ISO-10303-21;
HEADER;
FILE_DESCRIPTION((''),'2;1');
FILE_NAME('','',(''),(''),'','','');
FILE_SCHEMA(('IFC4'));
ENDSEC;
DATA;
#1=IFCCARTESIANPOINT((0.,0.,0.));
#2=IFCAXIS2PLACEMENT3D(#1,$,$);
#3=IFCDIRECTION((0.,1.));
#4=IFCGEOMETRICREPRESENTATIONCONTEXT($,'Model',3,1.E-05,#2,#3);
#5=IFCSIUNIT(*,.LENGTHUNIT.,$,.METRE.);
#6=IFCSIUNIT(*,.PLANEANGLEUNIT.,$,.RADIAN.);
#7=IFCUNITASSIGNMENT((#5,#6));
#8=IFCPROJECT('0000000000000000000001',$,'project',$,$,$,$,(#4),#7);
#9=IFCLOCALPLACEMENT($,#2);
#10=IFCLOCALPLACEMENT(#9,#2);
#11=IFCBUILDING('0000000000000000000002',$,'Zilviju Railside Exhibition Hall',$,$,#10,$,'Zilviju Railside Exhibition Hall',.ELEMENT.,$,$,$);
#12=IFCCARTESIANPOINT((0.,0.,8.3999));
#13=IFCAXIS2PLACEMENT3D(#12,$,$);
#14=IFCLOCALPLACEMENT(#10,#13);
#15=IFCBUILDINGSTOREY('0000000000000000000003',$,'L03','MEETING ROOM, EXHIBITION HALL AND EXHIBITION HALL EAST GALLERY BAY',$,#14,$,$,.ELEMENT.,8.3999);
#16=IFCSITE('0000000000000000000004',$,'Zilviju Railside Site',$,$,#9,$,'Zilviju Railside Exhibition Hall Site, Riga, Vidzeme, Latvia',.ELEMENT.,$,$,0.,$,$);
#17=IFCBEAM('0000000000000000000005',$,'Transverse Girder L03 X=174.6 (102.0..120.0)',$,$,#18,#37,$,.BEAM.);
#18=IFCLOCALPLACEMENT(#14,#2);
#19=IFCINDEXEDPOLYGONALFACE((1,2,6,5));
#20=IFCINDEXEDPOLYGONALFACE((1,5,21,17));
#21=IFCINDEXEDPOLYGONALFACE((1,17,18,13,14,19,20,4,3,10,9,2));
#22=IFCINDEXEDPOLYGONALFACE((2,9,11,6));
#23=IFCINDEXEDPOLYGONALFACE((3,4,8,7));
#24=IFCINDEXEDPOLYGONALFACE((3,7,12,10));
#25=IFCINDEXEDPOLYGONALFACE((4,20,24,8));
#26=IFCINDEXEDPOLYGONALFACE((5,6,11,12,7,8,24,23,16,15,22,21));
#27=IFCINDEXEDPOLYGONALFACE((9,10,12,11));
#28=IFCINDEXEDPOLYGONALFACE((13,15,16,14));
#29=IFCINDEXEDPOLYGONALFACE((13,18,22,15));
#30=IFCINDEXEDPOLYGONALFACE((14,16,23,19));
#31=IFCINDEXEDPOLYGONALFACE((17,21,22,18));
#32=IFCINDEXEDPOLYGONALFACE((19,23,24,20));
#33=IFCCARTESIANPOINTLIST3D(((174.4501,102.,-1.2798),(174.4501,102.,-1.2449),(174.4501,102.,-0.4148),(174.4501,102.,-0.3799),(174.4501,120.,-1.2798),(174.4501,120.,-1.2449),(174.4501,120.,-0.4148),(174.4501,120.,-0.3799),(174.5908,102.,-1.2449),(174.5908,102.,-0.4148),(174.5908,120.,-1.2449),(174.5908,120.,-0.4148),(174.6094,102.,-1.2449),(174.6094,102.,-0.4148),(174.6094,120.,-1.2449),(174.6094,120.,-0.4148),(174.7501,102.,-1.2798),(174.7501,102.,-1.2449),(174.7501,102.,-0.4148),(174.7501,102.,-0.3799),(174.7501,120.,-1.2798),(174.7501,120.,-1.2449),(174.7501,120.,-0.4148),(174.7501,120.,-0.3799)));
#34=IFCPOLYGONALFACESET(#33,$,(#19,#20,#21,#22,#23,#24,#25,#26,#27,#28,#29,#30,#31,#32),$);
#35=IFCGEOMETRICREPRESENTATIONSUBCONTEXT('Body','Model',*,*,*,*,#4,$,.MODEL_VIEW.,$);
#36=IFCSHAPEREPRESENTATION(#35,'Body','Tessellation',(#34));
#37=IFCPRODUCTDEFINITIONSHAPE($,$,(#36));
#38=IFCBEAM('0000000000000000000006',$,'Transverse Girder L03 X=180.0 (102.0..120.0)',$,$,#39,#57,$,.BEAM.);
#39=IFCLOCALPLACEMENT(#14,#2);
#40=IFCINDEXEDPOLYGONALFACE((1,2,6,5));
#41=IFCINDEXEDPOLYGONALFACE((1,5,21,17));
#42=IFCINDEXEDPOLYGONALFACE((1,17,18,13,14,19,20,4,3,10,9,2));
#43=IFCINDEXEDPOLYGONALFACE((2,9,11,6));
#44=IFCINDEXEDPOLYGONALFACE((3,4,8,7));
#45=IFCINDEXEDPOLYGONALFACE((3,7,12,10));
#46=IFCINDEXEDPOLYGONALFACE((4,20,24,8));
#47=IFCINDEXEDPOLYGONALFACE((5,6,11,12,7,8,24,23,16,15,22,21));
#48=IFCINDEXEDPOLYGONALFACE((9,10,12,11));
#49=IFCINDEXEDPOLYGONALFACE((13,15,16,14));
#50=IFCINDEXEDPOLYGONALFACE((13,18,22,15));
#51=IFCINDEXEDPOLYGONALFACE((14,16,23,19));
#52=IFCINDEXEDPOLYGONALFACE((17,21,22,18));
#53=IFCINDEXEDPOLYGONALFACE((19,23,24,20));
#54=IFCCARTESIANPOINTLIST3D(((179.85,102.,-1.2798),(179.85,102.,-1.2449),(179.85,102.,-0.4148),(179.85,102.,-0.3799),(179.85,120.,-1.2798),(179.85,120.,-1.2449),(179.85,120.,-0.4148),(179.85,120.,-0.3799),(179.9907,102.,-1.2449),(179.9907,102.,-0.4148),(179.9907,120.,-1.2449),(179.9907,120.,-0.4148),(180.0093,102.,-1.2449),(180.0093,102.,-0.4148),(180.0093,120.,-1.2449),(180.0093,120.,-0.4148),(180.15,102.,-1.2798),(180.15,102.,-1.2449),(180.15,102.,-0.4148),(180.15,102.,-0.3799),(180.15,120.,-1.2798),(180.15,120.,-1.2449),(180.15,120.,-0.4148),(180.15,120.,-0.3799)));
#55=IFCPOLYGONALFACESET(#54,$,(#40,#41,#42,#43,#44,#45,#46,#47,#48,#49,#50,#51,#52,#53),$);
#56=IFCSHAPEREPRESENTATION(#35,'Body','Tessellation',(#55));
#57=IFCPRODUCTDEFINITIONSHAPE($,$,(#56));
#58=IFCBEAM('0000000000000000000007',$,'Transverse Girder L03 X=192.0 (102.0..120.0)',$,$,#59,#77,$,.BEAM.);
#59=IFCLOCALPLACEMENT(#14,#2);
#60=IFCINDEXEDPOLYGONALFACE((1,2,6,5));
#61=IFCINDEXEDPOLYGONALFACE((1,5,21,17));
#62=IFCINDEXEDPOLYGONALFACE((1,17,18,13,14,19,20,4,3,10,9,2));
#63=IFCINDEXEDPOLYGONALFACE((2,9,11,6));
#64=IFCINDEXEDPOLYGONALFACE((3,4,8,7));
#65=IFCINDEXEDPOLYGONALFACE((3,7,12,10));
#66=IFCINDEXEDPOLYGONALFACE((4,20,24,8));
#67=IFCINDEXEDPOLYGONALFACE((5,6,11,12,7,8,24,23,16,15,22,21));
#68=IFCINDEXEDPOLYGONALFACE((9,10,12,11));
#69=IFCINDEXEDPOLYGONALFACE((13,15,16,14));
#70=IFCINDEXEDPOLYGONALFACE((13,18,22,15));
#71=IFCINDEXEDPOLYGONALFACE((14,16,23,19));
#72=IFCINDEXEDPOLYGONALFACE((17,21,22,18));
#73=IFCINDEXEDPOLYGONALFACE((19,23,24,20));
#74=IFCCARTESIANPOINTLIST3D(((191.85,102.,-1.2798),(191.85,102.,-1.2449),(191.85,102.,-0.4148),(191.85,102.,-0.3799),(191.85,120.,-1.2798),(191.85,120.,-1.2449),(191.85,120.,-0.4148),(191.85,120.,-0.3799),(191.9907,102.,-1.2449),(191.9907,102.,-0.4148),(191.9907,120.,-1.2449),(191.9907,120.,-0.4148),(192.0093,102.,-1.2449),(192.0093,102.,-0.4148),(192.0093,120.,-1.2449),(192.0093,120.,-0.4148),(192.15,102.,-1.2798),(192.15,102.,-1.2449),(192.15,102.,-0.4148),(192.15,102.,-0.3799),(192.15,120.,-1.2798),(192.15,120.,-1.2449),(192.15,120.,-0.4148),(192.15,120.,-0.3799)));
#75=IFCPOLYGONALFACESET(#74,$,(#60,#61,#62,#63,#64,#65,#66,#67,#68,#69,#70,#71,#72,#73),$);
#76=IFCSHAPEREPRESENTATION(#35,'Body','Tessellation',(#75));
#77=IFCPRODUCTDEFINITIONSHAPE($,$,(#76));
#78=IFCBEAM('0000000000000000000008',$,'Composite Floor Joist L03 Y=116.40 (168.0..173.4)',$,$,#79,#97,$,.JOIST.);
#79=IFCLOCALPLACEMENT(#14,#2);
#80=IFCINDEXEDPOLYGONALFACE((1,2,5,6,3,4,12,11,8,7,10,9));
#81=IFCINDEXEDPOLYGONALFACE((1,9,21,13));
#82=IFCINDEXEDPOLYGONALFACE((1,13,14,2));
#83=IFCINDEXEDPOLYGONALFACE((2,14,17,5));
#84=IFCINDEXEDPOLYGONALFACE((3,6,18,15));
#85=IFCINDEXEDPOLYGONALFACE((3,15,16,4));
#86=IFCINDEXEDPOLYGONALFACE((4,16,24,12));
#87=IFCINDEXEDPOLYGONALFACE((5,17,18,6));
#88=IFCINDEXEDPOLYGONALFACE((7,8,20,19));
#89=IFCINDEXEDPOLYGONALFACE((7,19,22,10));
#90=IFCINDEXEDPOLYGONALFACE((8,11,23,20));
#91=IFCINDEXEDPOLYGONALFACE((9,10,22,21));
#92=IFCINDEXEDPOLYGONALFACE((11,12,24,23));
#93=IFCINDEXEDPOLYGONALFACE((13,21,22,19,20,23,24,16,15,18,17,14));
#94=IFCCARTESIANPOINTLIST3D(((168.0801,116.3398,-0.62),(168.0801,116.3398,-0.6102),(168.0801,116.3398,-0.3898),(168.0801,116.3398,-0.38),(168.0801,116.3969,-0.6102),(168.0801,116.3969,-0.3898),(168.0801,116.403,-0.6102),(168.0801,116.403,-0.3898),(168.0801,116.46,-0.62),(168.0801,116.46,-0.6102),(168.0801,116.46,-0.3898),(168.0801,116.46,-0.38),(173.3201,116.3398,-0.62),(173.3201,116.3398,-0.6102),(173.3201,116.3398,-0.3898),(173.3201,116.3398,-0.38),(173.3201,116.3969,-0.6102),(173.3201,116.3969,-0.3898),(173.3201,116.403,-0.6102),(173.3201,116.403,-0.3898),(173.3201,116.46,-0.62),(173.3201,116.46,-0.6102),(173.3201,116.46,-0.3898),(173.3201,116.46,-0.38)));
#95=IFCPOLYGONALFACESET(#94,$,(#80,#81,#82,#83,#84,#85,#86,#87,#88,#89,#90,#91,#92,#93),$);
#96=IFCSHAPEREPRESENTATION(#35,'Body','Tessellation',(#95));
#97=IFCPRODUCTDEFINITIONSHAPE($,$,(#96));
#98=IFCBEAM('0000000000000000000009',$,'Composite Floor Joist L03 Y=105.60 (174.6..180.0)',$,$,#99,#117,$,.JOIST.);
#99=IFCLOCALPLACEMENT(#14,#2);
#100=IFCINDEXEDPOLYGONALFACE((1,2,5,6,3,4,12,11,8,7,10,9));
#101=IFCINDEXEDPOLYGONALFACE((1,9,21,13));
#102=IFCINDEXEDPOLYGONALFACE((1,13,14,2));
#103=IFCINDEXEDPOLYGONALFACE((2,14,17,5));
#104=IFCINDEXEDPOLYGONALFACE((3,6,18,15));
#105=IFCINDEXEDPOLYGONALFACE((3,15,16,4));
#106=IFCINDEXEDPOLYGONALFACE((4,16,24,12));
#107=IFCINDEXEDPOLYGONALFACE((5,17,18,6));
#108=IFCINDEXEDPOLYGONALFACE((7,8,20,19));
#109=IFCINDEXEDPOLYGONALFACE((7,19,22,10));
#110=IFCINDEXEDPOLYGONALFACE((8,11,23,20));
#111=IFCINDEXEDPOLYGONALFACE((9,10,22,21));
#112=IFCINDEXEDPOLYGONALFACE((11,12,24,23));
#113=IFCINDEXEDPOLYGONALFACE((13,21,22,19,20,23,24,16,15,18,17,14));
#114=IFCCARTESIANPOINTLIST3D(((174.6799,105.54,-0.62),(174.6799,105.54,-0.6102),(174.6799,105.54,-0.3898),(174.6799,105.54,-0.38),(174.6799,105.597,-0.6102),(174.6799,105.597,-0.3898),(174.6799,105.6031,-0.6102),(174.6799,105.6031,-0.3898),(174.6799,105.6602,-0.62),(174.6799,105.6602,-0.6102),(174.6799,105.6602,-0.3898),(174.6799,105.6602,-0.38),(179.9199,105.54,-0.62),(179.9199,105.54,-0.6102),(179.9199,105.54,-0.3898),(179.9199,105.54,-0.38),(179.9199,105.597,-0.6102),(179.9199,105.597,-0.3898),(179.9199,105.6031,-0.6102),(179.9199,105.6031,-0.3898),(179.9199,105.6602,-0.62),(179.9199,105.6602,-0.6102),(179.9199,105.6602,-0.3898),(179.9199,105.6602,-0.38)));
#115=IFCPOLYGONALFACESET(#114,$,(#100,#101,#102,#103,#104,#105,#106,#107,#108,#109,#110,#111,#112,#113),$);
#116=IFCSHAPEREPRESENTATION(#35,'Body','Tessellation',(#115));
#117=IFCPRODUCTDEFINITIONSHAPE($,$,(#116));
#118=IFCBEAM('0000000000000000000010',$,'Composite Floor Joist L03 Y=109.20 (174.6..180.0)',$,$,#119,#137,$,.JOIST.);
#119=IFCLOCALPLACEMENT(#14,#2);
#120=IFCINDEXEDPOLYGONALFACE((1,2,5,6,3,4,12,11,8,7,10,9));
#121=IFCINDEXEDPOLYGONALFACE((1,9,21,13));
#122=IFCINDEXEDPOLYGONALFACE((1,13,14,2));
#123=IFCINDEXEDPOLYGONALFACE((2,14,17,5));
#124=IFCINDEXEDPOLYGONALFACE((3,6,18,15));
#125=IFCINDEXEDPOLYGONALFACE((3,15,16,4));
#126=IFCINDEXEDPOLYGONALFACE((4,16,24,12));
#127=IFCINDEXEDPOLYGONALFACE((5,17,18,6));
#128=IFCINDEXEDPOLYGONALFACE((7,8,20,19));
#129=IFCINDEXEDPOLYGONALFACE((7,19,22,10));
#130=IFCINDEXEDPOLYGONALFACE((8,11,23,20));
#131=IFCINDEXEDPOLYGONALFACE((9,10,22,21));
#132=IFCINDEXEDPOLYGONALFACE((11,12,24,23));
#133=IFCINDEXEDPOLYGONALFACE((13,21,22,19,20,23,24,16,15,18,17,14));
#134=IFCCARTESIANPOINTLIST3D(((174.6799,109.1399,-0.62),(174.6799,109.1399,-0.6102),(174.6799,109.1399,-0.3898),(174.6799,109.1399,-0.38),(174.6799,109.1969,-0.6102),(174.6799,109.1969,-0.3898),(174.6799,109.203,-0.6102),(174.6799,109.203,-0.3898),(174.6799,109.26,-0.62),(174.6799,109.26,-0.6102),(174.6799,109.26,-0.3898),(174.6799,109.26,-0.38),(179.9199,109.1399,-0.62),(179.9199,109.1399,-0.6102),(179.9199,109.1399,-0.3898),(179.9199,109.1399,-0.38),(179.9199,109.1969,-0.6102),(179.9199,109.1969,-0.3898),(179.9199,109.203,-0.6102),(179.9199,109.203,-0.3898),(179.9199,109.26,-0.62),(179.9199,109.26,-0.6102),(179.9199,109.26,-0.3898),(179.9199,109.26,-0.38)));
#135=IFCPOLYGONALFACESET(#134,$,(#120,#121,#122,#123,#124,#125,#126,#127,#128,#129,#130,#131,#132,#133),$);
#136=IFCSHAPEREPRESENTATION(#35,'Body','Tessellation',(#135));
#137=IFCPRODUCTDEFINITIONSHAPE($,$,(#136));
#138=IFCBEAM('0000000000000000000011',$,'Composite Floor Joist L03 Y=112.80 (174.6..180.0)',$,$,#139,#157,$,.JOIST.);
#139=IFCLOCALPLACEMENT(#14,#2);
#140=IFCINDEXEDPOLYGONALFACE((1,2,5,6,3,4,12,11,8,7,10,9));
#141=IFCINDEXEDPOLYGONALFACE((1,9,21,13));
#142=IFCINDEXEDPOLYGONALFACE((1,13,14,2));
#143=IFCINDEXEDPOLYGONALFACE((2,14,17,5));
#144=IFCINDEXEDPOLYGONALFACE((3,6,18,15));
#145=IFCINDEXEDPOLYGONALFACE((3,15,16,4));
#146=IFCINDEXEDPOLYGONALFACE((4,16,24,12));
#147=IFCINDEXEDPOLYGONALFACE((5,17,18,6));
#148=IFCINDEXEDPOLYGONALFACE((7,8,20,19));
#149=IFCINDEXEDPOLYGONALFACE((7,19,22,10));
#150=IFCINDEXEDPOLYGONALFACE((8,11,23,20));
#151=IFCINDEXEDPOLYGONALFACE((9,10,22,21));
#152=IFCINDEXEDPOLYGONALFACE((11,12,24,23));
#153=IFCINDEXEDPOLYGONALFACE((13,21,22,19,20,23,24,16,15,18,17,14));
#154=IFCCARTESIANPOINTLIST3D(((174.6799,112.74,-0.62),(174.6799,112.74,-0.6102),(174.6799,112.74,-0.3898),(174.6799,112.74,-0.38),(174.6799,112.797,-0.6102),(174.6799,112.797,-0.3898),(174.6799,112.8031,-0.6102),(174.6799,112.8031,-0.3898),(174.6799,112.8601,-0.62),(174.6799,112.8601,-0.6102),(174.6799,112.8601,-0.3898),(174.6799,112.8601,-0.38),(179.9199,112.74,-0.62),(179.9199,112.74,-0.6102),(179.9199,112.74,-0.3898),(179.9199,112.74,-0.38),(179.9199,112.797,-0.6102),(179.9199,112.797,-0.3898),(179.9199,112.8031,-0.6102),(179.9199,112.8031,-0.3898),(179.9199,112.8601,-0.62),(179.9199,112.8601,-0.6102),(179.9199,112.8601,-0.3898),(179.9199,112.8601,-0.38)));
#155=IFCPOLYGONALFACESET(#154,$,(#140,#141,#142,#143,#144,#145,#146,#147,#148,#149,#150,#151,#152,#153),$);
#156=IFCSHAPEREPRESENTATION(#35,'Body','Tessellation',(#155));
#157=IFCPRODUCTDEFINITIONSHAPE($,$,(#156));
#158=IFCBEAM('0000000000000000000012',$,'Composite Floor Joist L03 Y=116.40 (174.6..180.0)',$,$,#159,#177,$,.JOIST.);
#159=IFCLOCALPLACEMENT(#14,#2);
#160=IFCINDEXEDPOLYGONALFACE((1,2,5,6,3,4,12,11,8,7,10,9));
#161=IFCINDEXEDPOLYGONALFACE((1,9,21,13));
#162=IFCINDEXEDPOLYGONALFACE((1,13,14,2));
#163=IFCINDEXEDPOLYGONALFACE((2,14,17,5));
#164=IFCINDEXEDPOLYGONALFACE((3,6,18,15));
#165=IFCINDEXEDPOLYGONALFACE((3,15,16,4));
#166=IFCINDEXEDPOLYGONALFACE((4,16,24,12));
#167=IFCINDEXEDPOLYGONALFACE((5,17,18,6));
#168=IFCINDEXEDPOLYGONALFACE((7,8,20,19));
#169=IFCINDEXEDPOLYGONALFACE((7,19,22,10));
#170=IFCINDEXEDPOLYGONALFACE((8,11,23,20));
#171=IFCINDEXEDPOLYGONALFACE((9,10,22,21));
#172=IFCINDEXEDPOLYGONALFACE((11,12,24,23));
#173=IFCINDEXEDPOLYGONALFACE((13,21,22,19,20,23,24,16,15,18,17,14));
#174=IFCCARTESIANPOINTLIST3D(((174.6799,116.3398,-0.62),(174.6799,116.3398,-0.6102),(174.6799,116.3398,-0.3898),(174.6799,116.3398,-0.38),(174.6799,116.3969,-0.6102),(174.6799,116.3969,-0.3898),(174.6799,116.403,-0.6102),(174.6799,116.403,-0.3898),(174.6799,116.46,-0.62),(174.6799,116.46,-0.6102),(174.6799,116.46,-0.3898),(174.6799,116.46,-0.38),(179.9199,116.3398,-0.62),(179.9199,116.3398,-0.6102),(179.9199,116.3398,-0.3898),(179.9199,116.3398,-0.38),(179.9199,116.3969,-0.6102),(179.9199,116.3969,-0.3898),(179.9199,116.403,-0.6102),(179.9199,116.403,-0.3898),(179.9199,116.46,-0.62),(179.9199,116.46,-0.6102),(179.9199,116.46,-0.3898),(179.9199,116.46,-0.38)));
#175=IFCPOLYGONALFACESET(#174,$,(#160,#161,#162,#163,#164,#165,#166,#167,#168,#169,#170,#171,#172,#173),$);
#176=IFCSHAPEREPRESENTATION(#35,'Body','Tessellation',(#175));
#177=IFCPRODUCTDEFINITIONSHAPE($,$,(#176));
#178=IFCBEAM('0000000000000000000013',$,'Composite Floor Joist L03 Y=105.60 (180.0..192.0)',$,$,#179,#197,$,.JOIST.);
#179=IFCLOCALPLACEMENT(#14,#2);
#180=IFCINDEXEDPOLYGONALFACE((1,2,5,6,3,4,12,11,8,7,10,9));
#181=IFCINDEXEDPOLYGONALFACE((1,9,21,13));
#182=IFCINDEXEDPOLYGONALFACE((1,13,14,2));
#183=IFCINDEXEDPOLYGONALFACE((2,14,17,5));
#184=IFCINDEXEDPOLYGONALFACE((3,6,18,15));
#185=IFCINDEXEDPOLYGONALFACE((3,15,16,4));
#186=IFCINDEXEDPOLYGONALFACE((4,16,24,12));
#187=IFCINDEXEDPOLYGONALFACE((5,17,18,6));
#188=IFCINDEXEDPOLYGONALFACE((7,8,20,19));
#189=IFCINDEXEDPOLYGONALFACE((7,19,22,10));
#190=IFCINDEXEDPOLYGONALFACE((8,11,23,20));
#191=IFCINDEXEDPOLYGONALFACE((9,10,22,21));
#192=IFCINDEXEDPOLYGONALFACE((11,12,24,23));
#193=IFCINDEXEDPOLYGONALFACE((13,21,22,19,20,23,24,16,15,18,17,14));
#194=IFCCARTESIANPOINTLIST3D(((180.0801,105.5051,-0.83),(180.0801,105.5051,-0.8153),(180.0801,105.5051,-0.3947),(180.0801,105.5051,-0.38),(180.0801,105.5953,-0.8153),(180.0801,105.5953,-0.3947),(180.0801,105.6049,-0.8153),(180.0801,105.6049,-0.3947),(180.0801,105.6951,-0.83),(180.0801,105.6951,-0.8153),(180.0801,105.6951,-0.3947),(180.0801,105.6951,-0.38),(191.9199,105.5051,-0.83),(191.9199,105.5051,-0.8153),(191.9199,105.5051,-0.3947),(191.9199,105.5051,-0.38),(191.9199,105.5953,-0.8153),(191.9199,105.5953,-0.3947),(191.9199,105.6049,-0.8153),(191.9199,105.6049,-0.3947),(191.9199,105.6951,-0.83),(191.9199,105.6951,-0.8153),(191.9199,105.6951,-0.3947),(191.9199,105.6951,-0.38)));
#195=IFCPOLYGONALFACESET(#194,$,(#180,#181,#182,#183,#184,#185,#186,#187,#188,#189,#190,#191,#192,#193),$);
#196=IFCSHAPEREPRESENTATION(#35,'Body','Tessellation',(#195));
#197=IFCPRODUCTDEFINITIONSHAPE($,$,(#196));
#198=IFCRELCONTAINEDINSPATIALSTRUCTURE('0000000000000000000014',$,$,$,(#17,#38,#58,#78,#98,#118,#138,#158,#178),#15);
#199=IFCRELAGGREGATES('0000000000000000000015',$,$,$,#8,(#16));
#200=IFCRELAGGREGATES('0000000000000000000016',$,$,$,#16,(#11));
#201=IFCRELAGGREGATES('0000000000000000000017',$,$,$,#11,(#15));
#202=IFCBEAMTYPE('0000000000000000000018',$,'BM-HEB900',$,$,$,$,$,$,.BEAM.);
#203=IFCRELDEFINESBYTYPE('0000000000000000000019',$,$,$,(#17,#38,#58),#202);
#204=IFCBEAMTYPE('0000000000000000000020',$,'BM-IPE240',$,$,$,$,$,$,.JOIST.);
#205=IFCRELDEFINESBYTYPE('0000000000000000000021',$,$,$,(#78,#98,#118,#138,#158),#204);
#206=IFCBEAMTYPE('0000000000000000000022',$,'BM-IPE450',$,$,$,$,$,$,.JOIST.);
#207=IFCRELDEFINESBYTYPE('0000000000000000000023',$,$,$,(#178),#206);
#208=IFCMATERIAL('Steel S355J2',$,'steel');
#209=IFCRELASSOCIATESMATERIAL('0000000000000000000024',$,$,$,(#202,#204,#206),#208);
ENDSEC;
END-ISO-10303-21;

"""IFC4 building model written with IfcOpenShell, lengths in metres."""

from ifc_helpers import new_model, si_unit, direction, frame, origin, origin_2d, place, context, subcontext, project, spatial, i_section, extrude, material, material_profile, profile_set, type_object, element, save


model = new_model("IFC4")

# Units and contexts
model_context = context("Model", 3, precision=1e-05, world=origin(), true_north=direction((0.0, 1.0)))
body_context = subcontext(model_context, "Body", "Model", "MODEL_VIEW")
ifc_project = project(units=[si_unit("LENGTHUNIT", "METRE"), si_unit("PLANEANGLEUNIT", "RADIAN")], contexts=[model_context])

# Site, building, storey
site_placement = place(None, origin())
site = spatial("IfcSite", under=ifc_project, at=site_placement, Name="Zilviju Railside Site", LongName="Zilviju Railside Exhibition Hall Site, Riga, Vidzeme, Latvia", CompositionType="ELEMENT", RefElevation=0.0)
building_placement = place(site_placement, origin())
building = spatial("IfcBuilding", under=site, at=building_placement, Name="Zilviju Railside Exhibition Hall", LongName="Zilviju Railside Exhibition Hall", CompositionType="ELEMENT")
storey_placement = place(building_placement, frame((0.0, 0.0, 8.3999)))
storey = spatial("IfcBuildingStorey", under=building, at=storey_placement, Name="L03", Description="MEETING ROOM, EXHIBITION HALL AND EXHIBITION HALL EAST GALLERY BAY", CompositionType="ELEMENT", Elevation=8.3999)

# Shared definitions
ifc_material = material(Name="Steel S355J2", Category="steel")

# Beams
ifc_material_profile_1 = material_profile(ifc_material, i_section(OverallWidth=0.3, OverallDepth=0.8999, WebThickness=0.0186, FlangeThickness=0.0349, at=origin_2d()), Name="HEB 900")
ifc_profile_set_1 = profile_set([ifc_material_profile_1], Name="Steel S355J2")
beam_type_1 = type_object("IfcBeamType", Name="BM-HEB900", PredefinedType="BEAM", material=ifc_profile_set_1)
for number, where, z_axis, x_axis, name in (
    (1, (174.6001, 102.0, -0.8298), (0.0, 1.0, 0.0), (-1.0, 0.0, 0.0), "Transverse Girder L03 X=174.6 (102.0..120.0)"),
    (2, (180.0, 102.0, -0.8298), (0.0, 1.0, 0.0), (-1.0, 0.0, 0.0), "Transverse Girder L03 X=180.0 (102.0..120.0)"),
    (3, (192.0, 102.0, -0.8298), (0.0, 1.0, 0.0), (-1.0, 0.0, 0.0), "Transverse Girder L03 X=192.0 (102.0..120.0)"),
):
    element("IfcBeam", number, at=place(storey_placement, frame(where, z_axis=z_axis, x_axis=x_axis)), inside=storey, type_object=beam_type_1, Name=name, PredefinedType="BEAM", context=body_context, shape_type="SweptSolid", body=[
        extrude(i_section(OverallWidth=0.3, OverallDepth=0.8999, WebThickness=0.0186, FlangeThickness=0.0349, at=origin_2d()), origin(), (0.0, 0.0, 1.0), 18.0),
    ])
ifc_material_profile_2 = material_profile(ifc_material, i_section(OverallWidth=0.1201, OverallDepth=0.24, WebThickness=0.0061, FlangeThickness=0.0098, at=origin_2d()), Name="IPE 240")
ifc_profile_set_2 = profile_set([ifc_material_profile_2], Name="Steel S355J2")
beam_type_2 = type_object("IfcBeamType", Name="BM-IPE240", PredefinedType="JOIST", material=ifc_profile_set_2)
for number, where, z_axis, x_axis, name in (
    (4, (168.0801, 116.3999, -0.5), (1.0, 0.0, 0.0), (0.0, 1.0, 0.0), "Composite Floor Joist L03 Y=116.40 (168.0..173.4)"),
    (5, (174.6799, 105.6001, -0.5), (1.0, 0.0, 0.0), (0.0, 1.0, 0.0), "Composite Floor Joist L03 Y=105.60 (174.6..180.0)"),
    (6, (174.6799, 109.2, -0.5), (1.0, 0.0, 0.0), (0.0, 1.0, 0.0), "Composite Floor Joist L03 Y=109.20 (174.6..180.0)"),
    (7, (174.6799, 112.8, -0.5), (1.0, 0.0, 0.0), (0.0, 1.0, 0.0), "Composite Floor Joist L03 Y=112.80 (174.6..180.0)"),
    (8, (174.6799, 116.3999, -0.5), (1.0, 0.0, 0.0), (0.0, 1.0, 0.0), "Composite Floor Joist L03 Y=116.40 (174.6..180.0)"),
):
    element("IfcBeam", number, at=place(storey_placement, frame(where, z_axis=z_axis, x_axis=x_axis)), inside=storey, type_object=beam_type_2, Name=name, PredefinedType="JOIST", context=body_context, shape_type="SweptSolid", body=[
        extrude(i_section(OverallWidth=0.1201, OverallDepth=0.24, WebThickness=0.0061, FlangeThickness=0.0098, at=origin_2d()), origin(), (0.0, 0.0, 1.0), 5.24),
    ])
ifc_material_profile_3 = material_profile(ifc_material, i_section(OverallWidth=0.1899, OverallDepth=0.45, WebThickness=0.0095, FlangeThickness=0.0146, at=origin_2d()), Name="IPE 450")
ifc_profile_set_3 = profile_set([ifc_material_profile_3], Name="Steel S355J2")
beam_type_3 = type_object("IfcBeamType", Name="BM-IPE450", PredefinedType="JOIST", material=ifc_profile_set_3)
for number, where, z_axis, x_axis, name in (
    (9, (180.0801, 105.6001, -0.605), (1.0, 0.0, 0.0), (0.0, 1.0, 0.0), "Composite Floor Joist L03 Y=105.60 (180.0..192.0)"),
):
    element("IfcBeam", number, at=place(storey_placement, frame(where, z_axis=z_axis, x_axis=x_axis)), inside=storey, type_object=beam_type_3, Name=name, PredefinedType="JOIST", context=body_context, shape_type="SweptSolid", body=[
        extrude(i_section(OverallWidth=0.1899, OverallDepth=0.45, WebThickness=0.0095, FlangeThickness=0.0146, at=origin_2d()), origin(), (0.0, 0.0, 1.0), 11.8398),
    ])

save(model, "model.ifc")
